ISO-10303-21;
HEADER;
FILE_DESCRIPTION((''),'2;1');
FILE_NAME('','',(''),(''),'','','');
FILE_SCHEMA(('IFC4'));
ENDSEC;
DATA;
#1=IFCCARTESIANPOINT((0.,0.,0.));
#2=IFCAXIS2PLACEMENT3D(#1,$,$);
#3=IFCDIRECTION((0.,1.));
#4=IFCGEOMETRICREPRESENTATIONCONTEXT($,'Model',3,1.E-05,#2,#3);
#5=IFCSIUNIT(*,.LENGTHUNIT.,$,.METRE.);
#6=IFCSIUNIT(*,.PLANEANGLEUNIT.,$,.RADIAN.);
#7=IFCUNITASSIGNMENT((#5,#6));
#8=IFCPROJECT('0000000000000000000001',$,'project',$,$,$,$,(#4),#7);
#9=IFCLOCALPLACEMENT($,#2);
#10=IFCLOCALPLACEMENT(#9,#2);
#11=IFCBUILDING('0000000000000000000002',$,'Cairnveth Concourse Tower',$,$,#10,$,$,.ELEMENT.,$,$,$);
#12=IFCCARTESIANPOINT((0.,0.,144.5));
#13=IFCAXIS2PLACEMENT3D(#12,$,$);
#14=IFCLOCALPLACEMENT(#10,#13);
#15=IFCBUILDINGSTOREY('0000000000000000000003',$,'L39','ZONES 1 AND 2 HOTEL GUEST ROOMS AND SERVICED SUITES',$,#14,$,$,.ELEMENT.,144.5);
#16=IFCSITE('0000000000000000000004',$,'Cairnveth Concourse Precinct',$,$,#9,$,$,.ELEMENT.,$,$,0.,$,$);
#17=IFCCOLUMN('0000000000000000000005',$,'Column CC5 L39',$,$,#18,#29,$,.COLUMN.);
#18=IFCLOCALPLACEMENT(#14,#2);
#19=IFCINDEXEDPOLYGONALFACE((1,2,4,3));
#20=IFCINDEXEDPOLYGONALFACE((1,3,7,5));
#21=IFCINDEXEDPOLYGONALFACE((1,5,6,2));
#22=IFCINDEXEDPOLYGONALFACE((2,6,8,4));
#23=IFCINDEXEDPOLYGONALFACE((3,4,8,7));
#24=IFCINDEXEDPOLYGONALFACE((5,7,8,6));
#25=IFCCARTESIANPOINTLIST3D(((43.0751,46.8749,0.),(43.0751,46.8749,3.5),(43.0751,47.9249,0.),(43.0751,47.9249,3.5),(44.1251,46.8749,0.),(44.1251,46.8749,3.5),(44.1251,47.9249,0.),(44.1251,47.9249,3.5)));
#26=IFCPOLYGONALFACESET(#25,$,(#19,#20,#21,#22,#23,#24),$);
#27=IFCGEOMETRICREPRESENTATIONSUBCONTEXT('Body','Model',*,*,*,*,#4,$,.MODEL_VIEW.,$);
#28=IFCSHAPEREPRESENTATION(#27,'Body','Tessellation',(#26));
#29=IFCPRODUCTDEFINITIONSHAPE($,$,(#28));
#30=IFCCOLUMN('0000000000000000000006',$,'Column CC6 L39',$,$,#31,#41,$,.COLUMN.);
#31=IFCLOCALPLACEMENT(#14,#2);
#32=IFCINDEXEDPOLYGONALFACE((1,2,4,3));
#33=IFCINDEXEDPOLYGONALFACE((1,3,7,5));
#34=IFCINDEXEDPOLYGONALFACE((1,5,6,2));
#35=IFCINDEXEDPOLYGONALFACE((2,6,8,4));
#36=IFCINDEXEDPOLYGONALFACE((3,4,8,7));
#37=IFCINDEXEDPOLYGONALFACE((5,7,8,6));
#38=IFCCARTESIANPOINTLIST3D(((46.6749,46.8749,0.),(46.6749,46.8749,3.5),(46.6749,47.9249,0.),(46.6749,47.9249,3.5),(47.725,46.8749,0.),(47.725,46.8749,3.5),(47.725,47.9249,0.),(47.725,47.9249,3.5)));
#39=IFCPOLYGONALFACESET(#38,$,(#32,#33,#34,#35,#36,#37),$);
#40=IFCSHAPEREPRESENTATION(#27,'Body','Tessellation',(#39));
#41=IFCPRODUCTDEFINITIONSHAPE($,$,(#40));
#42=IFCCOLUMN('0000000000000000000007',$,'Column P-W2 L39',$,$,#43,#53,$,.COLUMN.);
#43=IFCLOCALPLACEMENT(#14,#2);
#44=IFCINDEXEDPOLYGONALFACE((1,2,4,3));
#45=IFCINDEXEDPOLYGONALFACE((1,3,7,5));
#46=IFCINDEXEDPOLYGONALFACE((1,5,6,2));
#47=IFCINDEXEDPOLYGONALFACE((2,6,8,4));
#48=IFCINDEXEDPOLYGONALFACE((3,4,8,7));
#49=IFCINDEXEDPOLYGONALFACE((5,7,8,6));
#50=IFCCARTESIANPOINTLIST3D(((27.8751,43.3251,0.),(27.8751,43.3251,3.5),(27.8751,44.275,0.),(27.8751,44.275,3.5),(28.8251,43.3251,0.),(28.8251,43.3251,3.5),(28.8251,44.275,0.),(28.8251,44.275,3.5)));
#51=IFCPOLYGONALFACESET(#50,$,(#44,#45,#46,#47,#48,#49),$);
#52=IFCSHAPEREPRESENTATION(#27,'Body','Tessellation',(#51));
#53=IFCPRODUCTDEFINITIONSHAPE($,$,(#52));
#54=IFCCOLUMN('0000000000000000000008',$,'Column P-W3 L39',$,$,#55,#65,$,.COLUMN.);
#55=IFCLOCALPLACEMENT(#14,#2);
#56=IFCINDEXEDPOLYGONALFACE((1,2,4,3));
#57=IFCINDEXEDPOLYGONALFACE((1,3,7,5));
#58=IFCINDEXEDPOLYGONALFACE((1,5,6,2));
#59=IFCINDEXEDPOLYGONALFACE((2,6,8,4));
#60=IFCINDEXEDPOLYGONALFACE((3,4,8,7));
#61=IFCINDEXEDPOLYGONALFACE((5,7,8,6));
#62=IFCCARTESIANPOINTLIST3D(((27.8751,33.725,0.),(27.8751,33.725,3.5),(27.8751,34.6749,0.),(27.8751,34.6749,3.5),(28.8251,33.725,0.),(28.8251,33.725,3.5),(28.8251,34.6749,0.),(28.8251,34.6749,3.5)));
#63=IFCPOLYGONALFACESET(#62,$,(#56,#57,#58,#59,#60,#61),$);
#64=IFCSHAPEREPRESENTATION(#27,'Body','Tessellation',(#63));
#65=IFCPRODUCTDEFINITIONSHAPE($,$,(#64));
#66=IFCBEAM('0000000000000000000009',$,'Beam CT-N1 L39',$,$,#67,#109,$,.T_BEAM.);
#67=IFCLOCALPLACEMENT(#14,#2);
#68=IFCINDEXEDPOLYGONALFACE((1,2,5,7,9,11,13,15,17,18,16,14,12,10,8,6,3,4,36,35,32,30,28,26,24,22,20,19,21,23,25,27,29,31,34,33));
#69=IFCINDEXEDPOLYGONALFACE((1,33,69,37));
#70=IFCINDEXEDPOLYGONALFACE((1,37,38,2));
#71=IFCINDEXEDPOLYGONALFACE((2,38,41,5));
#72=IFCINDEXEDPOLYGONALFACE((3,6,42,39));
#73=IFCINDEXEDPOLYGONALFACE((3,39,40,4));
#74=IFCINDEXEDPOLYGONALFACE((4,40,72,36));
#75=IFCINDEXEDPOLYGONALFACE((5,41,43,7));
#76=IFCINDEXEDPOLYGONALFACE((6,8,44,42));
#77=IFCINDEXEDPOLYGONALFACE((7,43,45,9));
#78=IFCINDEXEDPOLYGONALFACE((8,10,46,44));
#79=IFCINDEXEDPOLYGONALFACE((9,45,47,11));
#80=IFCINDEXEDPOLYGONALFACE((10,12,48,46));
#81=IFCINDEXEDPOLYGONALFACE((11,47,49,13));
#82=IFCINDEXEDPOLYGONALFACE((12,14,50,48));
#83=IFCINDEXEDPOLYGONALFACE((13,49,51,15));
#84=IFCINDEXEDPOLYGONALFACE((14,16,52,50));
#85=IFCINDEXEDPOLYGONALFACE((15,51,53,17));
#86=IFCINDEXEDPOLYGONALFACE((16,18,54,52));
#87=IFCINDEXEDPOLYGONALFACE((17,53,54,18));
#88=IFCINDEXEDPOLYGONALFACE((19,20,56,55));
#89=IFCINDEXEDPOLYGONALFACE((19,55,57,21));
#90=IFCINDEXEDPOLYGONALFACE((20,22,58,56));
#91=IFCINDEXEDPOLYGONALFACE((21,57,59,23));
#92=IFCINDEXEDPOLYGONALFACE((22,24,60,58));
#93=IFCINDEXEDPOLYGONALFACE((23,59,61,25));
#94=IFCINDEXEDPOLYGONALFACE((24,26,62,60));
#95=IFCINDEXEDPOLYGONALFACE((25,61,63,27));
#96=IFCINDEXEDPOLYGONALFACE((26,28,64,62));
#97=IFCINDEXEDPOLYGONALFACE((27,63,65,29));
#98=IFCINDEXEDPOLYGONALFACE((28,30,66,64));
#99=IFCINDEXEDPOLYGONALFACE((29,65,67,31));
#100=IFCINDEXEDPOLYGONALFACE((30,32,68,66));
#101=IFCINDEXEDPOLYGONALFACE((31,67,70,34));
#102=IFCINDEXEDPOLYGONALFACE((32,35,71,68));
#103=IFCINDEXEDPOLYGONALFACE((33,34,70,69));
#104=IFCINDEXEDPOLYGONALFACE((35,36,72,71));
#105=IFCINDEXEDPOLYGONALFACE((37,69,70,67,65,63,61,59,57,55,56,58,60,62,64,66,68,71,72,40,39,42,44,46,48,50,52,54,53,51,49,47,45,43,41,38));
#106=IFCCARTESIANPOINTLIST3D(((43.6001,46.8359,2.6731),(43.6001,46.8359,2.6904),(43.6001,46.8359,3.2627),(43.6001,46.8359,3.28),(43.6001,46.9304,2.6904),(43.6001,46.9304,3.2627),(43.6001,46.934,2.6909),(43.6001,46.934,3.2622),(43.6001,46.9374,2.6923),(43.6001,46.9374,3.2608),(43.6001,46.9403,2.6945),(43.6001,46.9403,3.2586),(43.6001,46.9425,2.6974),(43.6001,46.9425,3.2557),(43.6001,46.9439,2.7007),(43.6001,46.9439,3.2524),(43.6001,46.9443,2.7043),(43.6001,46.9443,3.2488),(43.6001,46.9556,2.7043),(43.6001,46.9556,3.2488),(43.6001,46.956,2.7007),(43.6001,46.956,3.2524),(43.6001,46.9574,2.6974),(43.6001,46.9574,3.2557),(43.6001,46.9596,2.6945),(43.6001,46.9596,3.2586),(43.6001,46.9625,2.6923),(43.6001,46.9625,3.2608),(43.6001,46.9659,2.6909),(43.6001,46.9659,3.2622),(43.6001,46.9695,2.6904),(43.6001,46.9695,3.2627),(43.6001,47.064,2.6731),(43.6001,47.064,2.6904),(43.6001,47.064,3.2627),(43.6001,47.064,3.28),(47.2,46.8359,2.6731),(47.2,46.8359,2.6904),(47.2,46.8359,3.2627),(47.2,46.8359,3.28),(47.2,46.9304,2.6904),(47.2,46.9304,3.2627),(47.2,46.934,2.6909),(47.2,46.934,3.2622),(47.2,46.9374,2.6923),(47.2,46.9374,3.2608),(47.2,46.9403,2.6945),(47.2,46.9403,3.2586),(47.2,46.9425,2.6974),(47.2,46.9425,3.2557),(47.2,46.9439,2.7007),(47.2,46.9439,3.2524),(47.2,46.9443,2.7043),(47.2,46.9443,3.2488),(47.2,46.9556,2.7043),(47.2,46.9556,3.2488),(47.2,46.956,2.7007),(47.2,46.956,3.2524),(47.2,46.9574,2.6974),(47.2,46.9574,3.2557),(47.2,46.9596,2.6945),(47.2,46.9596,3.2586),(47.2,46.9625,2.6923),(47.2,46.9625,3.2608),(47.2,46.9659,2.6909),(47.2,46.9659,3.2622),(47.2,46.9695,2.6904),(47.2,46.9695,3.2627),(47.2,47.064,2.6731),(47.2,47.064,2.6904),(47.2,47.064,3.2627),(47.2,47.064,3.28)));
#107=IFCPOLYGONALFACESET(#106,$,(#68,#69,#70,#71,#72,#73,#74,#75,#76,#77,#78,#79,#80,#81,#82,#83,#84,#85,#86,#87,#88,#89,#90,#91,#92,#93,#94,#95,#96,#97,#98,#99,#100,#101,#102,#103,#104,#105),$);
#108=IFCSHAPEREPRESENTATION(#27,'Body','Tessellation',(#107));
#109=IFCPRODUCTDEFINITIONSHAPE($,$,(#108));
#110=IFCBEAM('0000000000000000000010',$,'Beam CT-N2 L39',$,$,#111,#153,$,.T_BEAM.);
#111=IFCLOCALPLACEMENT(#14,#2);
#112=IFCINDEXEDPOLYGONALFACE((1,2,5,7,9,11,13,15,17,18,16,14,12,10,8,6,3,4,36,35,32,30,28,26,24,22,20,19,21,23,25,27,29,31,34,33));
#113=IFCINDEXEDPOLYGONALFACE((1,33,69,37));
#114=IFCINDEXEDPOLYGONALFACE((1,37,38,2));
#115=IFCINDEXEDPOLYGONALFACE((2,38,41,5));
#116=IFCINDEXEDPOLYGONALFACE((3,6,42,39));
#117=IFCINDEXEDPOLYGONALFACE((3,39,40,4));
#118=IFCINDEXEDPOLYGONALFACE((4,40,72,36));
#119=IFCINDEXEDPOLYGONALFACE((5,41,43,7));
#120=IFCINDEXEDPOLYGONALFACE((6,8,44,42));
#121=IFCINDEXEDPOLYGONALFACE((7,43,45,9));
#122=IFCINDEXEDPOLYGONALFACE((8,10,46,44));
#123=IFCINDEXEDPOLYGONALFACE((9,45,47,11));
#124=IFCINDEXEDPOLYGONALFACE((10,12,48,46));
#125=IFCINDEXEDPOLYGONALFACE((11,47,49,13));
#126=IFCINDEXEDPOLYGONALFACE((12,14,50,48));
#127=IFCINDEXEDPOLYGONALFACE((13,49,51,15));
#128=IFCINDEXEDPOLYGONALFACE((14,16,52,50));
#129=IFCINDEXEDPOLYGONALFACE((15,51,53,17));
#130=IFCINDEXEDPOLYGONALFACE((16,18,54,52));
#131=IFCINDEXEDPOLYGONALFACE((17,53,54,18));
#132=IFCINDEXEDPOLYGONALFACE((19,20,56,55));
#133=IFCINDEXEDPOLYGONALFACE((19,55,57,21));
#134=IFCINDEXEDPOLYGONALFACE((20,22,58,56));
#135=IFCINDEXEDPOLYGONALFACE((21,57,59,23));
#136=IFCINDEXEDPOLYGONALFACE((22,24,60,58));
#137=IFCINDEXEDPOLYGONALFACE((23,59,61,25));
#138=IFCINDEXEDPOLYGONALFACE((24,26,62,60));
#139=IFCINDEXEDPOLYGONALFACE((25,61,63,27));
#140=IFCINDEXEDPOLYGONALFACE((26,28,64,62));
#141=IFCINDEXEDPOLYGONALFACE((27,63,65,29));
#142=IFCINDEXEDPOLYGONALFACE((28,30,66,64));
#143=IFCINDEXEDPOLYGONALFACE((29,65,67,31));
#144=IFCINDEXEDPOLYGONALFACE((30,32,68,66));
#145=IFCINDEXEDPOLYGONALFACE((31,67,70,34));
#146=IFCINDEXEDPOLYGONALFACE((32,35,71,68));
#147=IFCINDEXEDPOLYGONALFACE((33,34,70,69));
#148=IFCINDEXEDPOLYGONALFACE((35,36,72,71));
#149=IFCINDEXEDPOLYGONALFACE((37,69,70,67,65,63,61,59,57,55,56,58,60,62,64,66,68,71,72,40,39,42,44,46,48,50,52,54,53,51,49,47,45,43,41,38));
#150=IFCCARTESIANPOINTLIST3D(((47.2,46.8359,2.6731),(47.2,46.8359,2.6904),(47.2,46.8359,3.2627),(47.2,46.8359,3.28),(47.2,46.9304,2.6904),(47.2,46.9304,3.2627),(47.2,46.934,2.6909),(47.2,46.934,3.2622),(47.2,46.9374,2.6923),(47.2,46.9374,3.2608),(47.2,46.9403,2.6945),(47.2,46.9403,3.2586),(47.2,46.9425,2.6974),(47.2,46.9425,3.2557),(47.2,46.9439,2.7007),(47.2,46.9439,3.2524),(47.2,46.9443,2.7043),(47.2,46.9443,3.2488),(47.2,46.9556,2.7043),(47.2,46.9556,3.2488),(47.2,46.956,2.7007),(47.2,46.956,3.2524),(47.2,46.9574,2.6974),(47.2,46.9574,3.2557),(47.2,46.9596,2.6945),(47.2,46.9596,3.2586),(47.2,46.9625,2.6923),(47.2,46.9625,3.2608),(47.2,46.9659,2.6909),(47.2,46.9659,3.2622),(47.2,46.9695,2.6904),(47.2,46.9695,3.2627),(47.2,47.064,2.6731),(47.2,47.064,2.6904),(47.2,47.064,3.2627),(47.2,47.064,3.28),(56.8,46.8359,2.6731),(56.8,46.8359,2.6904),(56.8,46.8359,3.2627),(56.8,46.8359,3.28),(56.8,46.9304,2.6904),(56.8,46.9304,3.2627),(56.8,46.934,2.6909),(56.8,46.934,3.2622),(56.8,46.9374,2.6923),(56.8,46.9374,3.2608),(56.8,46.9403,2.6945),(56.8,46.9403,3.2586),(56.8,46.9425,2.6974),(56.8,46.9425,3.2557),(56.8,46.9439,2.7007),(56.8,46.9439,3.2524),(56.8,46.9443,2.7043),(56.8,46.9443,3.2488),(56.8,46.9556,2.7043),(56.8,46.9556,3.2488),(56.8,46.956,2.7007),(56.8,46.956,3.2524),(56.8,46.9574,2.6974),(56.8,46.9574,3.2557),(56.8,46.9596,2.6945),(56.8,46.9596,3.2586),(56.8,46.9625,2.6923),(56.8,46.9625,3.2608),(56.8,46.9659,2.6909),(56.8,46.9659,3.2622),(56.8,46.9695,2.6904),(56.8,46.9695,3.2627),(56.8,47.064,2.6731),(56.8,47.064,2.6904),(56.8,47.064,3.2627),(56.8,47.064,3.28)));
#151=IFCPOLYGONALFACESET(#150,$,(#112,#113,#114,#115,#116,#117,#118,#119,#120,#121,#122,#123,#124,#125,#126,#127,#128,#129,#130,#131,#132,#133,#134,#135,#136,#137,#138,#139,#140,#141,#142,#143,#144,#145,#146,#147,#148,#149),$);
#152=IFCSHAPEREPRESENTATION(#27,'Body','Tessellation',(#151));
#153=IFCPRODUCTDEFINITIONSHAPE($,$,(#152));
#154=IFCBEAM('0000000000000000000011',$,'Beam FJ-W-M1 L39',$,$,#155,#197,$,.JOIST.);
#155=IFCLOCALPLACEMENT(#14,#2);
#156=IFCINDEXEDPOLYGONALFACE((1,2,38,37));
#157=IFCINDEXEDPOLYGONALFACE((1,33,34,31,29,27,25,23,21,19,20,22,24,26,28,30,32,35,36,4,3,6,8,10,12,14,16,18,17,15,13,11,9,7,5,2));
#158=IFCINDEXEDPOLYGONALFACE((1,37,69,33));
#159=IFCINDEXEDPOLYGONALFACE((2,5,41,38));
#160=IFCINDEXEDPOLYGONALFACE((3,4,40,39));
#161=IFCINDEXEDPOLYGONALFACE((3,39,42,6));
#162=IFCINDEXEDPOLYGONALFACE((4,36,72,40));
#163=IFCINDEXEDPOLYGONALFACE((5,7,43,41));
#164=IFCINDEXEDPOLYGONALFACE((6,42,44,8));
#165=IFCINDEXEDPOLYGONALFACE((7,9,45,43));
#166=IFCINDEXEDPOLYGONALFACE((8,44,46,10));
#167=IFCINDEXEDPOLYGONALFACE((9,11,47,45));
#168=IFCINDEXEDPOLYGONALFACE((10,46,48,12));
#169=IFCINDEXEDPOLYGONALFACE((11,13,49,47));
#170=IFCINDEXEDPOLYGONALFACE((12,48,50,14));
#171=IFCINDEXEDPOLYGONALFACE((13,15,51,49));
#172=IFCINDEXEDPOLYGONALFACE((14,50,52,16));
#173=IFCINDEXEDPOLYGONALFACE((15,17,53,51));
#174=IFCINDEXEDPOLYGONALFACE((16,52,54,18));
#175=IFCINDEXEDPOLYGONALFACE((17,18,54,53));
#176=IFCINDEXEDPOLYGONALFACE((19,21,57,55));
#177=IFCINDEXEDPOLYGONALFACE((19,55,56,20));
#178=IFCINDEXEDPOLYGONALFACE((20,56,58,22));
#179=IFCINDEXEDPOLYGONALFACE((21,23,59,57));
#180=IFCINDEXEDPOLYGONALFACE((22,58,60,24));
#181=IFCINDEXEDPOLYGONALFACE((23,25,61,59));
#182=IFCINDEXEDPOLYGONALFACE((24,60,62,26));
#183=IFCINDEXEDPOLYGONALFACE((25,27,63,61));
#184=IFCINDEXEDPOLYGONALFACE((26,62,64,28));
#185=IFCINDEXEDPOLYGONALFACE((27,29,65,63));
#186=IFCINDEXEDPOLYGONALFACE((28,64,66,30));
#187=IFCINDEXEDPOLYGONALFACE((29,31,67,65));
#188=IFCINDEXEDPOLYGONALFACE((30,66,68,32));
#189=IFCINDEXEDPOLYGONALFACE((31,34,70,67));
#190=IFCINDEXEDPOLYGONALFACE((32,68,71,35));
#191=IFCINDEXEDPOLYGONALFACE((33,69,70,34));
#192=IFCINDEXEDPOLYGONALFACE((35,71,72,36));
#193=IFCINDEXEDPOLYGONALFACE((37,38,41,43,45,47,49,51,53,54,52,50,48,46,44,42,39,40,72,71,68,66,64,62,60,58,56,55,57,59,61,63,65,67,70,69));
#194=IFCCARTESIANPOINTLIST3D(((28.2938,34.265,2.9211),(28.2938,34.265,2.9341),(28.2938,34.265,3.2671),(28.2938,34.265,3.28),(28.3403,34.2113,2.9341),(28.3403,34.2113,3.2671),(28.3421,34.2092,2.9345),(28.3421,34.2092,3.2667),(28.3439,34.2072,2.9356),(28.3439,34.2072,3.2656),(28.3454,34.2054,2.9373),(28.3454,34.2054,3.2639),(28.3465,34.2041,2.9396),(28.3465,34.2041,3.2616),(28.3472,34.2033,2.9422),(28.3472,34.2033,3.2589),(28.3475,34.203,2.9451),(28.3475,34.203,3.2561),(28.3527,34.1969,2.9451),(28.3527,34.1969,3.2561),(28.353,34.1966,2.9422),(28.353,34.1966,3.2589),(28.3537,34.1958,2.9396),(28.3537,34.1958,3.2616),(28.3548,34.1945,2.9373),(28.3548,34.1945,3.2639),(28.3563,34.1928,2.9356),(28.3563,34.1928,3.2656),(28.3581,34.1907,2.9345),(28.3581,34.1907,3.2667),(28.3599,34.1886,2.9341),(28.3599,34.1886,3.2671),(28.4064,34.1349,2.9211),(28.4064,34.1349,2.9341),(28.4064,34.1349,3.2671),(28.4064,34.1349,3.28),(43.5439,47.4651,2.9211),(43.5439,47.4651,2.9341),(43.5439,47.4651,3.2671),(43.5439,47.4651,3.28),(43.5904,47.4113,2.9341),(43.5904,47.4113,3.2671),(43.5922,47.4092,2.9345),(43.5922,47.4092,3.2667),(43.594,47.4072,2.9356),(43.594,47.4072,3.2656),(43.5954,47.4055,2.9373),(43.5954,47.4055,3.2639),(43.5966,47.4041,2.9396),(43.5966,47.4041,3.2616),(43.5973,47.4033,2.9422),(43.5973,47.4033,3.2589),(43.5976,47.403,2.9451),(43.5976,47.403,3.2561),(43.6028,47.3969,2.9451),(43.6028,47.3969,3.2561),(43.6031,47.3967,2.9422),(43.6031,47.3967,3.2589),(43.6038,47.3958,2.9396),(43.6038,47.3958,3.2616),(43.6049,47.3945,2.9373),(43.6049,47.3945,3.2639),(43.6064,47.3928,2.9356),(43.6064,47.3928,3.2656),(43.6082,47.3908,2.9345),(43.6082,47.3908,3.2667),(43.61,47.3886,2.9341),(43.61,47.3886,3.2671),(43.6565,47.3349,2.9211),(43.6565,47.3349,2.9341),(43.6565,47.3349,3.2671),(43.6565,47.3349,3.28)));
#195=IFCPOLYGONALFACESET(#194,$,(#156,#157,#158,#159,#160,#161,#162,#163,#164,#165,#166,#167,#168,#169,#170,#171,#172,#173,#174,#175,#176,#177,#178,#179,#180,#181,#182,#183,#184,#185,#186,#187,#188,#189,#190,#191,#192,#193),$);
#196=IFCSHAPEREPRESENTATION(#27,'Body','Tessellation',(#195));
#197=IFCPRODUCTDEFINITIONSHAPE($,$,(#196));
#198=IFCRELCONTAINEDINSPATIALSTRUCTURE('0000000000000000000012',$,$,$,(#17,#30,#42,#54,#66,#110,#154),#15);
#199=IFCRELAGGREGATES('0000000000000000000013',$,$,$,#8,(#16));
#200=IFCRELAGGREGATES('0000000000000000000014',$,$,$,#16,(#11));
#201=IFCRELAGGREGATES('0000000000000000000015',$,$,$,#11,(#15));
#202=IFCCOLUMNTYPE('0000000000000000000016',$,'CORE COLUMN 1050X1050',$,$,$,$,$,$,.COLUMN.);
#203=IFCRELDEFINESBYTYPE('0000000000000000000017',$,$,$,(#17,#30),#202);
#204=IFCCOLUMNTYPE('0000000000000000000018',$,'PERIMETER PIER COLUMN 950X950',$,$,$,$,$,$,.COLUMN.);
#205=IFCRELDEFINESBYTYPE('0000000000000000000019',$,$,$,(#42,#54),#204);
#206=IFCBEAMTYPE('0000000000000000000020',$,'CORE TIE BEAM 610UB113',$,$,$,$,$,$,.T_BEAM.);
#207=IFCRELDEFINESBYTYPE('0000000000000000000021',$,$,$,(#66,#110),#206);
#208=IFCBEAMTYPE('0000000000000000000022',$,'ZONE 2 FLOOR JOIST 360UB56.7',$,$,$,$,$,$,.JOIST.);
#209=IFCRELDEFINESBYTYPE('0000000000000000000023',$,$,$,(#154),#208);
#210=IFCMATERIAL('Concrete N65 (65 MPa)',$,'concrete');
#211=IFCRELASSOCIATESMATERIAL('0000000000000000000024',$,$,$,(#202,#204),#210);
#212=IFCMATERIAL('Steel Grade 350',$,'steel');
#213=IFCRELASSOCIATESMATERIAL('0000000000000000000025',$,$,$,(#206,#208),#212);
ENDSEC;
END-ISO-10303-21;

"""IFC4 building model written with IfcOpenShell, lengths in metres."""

from ifc_helpers import new_model, si_unit, direction, frame, origin, origin_2d, place, context, subcontext, project, spatial, rectangle, i_section, extrude, material, material_profile, profile_set, type_object, element, save


model = new_model("IFC4")

# Units and contexts
model_context = context("Model", 3, precision=1e-05, world=origin(), true_north=direction((0.0, 1.0)))
body_context = subcontext(model_context, "Body", "Model", "MODEL_VIEW")
ifc_project = project(units=[si_unit("LENGTHUNIT", "METRE"), si_unit("PLANEANGLEUNIT", "RADIAN")], contexts=[model_context])

# Site, building, storey
site_placement = place(None, origin())
site = spatial("IfcSite", under=ifc_project, at=site_placement, Name="Cairnveth Concourse Precinct", CompositionType="ELEMENT", RefElevation=0.0)
building_placement = place(site_placement, origin())
building = spatial("IfcBuilding", under=site, at=building_placement, Name="Cairnveth Concourse Tower", CompositionType="ELEMENT")
storey_placement = place(building_placement, frame((0.0, 0.0, 144.5)))
storey = spatial("IfcBuildingStorey", under=building, at=storey_placement, Name="L39", Description="ZONES 1 AND 2 HOTEL GUEST ROOMS AND SERVICED SUITES", CompositionType="ELEMENT", Elevation=144.5)

# Columns
ifc_material_1 = material(Name="Concrete N65 (65 MPa)", Category="concrete")
ifc_material_profile_1 = material_profile(ifc_material_1, rectangle(XDim=1.05, YDim=1.05, at=origin_2d()), Name="RC-COL-1050x1050")
ifc_profile_set_1 = profile_set([ifc_material_profile_1], Name="Concrete N65 (65 MPa)")
column_type_1 = type_object("IfcColumnType", Name="CORE COLUMN 1050X1050", PredefinedType="COLUMN", material=ifc_profile_set_1)
for number, where, z_axis, x_axis, name in (
    (1, (43.6001, 47.3999, 0.0), (0.0, 0.0, 1.0), (1.0, 0.0, 0.0), "Column CC5 L39"),
    (2, (47.2, 47.3999, 0.0), (0.0, 0.0, 1.0), (1.0, 0.0, 0.0), "Column CC6 L39"),
):
    element("IfcColumn", number, at=place(storey_placement, frame(where, z_axis=z_axis, x_axis=x_axis)), inside=storey, type_object=column_type_1, Name=name, PredefinedType="COLUMN", context=body_context, shape_type="SweptSolid", body=[
        extrude(rectangle(XDim=1.05, YDim=1.05, at=origin_2d()), origin(), (0.0, 0.0, 1.0), 3.5),
    ])
ifc_material_profile_2 = material_profile(ifc_material_1, rectangle(XDim=0.95, YDim=0.95, at=origin_2d()), Name="RC-COL-950x950")
ifc_profile_set_2 = profile_set([ifc_material_profile_2], Name="Concrete N65 (65 MPa)")
column_type_2 = type_object("IfcColumnType", Name="PERIMETER PIER COLUMN 950X950", PredefinedType="COLUMN", material=ifc_profile_set_2)
for number, where, z_axis, x_axis, name in (
    (3, (28.3501, 43.8, 0.0), (0.0, 0.0, 1.0), (0.0, 1.0, 0.0), "Column P-W2 L39"),
    (4, (28.3501, 34.2, 0.0), (0.0, 0.0, 1.0), (0.0, 1.0, 0.0), "Column P-W3 L39"),
):
    element("IfcColumn", number, at=place(storey_placement, frame(where, z_axis=z_axis, x_axis=x_axis)), inside=storey, type_object=column_type_2, Name=name, PredefinedType="COLUMN", context=body_context, shape_type="SweptSolid", body=[
        extrude(rectangle(XDim=0.95, YDim=0.95, at=origin_2d()), origin(), (0.0, 0.0, 1.0), 3.5),
    ])

# Beams
ifc_material_2 = material(Name="Steel Grade 350", Category="steel")
ifc_material_profile_3 = material_profile(ifc_material_2, i_section(OverallWidth=0.228, OverallDepth=0.6069, WebThickness=0.0112, FlangeThickness=0.0173, FilletRadius=0.0139, at=origin_2d()), Name="610UB113")
ifc_profile_set_3 = profile_set([ifc_material_profile_3], Name="Steel Grade 350")
beam_type_1 = type_object("IfcBeamType", Name="CORE TIE BEAM 610UB113", PredefinedType="T_BEAM", material=ifc_profile_set_3)
beam_1_placement = place(storey_placement, frame((43.6001, 46.95, 2.9766), z_axis=(1.0, 0.0, 0.0), x_axis=(0.0, 1.0, 0.0)))
element("IfcBeam", 5, at=beam_1_placement, inside=storey, type_object=beam_type_1, Name="Beam CT-N1 L39", PredefinedType="T_BEAM", context=body_context, shape_type="SweptSolid", body=[
    extrude(i_section(OverallWidth=0.228, OverallDepth=0.6069, WebThickness=0.0112, FlangeThickness=0.0173, FilletRadius=0.0139, at=origin_2d()), origin(), (0.0, 0.0, 1.0), 3.5999),
])
beam_2_placement = place(storey_placement, frame((47.2, 46.95, 2.9766), z_axis=(1.0, 0.0, 0.0), x_axis=(0.0, 1.0, 0.0)))
element("IfcBeam", 6, at=beam_2_placement, inside=storey, type_object=beam_type_1, Name="Beam CT-N2 L39", PredefinedType="T_BEAM", context=body_context, shape_type="SweptSolid", body=[
    extrude(i_section(OverallWidth=0.228, OverallDepth=0.6069, WebThickness=0.0112, FlangeThickness=0.0173, FilletRadius=0.0139, at=origin_2d()), origin(), (0.0, 0.0, 1.0), 9.6001),
])
ifc_material_profile_4 = material_profile(ifc_material_2, i_section(OverallWidth=0.1721, OverallDepth=0.3589, WebThickness=0.0081, FlangeThickness=0.0129, FilletRadius=0.011, at=origin_2d()), Name="360UB56.7")
ifc_profile_set_4 = profile_set([ifc_material_profile_4], Name="Steel Grade 350")
beam_type_2 = type_object("IfcBeamType", Name="ZONE 2 FLOOR JOIST 360UB56.7", PredefinedType="JOIST", material=ifc_profile_set_4)
beam_3_placement = place(storey_placement, frame((28.3501, 34.2, 3.1006), z_axis=(0.756099, 0.654457, 0.0), x_axis=(-0.654457, 0.756099, 0.0)))
element("IfcBeam", 7, at=beam_3_placement, inside=storey, type_object=beam_type_2, Name="Beam FJ-W-M1 L39", PredefinedType="JOIST", context=body_context, shape_type="SweptSolid", body=[
    extrude(i_section(OverallWidth=0.1721, OverallDepth=0.3589, WebThickness=0.0081, FlangeThickness=0.0129, FilletRadius=0.011, at=origin_2d()), origin(), (0.0, 0.0, 1.0), 20.1694),
])

save(model, "model.ifc")
